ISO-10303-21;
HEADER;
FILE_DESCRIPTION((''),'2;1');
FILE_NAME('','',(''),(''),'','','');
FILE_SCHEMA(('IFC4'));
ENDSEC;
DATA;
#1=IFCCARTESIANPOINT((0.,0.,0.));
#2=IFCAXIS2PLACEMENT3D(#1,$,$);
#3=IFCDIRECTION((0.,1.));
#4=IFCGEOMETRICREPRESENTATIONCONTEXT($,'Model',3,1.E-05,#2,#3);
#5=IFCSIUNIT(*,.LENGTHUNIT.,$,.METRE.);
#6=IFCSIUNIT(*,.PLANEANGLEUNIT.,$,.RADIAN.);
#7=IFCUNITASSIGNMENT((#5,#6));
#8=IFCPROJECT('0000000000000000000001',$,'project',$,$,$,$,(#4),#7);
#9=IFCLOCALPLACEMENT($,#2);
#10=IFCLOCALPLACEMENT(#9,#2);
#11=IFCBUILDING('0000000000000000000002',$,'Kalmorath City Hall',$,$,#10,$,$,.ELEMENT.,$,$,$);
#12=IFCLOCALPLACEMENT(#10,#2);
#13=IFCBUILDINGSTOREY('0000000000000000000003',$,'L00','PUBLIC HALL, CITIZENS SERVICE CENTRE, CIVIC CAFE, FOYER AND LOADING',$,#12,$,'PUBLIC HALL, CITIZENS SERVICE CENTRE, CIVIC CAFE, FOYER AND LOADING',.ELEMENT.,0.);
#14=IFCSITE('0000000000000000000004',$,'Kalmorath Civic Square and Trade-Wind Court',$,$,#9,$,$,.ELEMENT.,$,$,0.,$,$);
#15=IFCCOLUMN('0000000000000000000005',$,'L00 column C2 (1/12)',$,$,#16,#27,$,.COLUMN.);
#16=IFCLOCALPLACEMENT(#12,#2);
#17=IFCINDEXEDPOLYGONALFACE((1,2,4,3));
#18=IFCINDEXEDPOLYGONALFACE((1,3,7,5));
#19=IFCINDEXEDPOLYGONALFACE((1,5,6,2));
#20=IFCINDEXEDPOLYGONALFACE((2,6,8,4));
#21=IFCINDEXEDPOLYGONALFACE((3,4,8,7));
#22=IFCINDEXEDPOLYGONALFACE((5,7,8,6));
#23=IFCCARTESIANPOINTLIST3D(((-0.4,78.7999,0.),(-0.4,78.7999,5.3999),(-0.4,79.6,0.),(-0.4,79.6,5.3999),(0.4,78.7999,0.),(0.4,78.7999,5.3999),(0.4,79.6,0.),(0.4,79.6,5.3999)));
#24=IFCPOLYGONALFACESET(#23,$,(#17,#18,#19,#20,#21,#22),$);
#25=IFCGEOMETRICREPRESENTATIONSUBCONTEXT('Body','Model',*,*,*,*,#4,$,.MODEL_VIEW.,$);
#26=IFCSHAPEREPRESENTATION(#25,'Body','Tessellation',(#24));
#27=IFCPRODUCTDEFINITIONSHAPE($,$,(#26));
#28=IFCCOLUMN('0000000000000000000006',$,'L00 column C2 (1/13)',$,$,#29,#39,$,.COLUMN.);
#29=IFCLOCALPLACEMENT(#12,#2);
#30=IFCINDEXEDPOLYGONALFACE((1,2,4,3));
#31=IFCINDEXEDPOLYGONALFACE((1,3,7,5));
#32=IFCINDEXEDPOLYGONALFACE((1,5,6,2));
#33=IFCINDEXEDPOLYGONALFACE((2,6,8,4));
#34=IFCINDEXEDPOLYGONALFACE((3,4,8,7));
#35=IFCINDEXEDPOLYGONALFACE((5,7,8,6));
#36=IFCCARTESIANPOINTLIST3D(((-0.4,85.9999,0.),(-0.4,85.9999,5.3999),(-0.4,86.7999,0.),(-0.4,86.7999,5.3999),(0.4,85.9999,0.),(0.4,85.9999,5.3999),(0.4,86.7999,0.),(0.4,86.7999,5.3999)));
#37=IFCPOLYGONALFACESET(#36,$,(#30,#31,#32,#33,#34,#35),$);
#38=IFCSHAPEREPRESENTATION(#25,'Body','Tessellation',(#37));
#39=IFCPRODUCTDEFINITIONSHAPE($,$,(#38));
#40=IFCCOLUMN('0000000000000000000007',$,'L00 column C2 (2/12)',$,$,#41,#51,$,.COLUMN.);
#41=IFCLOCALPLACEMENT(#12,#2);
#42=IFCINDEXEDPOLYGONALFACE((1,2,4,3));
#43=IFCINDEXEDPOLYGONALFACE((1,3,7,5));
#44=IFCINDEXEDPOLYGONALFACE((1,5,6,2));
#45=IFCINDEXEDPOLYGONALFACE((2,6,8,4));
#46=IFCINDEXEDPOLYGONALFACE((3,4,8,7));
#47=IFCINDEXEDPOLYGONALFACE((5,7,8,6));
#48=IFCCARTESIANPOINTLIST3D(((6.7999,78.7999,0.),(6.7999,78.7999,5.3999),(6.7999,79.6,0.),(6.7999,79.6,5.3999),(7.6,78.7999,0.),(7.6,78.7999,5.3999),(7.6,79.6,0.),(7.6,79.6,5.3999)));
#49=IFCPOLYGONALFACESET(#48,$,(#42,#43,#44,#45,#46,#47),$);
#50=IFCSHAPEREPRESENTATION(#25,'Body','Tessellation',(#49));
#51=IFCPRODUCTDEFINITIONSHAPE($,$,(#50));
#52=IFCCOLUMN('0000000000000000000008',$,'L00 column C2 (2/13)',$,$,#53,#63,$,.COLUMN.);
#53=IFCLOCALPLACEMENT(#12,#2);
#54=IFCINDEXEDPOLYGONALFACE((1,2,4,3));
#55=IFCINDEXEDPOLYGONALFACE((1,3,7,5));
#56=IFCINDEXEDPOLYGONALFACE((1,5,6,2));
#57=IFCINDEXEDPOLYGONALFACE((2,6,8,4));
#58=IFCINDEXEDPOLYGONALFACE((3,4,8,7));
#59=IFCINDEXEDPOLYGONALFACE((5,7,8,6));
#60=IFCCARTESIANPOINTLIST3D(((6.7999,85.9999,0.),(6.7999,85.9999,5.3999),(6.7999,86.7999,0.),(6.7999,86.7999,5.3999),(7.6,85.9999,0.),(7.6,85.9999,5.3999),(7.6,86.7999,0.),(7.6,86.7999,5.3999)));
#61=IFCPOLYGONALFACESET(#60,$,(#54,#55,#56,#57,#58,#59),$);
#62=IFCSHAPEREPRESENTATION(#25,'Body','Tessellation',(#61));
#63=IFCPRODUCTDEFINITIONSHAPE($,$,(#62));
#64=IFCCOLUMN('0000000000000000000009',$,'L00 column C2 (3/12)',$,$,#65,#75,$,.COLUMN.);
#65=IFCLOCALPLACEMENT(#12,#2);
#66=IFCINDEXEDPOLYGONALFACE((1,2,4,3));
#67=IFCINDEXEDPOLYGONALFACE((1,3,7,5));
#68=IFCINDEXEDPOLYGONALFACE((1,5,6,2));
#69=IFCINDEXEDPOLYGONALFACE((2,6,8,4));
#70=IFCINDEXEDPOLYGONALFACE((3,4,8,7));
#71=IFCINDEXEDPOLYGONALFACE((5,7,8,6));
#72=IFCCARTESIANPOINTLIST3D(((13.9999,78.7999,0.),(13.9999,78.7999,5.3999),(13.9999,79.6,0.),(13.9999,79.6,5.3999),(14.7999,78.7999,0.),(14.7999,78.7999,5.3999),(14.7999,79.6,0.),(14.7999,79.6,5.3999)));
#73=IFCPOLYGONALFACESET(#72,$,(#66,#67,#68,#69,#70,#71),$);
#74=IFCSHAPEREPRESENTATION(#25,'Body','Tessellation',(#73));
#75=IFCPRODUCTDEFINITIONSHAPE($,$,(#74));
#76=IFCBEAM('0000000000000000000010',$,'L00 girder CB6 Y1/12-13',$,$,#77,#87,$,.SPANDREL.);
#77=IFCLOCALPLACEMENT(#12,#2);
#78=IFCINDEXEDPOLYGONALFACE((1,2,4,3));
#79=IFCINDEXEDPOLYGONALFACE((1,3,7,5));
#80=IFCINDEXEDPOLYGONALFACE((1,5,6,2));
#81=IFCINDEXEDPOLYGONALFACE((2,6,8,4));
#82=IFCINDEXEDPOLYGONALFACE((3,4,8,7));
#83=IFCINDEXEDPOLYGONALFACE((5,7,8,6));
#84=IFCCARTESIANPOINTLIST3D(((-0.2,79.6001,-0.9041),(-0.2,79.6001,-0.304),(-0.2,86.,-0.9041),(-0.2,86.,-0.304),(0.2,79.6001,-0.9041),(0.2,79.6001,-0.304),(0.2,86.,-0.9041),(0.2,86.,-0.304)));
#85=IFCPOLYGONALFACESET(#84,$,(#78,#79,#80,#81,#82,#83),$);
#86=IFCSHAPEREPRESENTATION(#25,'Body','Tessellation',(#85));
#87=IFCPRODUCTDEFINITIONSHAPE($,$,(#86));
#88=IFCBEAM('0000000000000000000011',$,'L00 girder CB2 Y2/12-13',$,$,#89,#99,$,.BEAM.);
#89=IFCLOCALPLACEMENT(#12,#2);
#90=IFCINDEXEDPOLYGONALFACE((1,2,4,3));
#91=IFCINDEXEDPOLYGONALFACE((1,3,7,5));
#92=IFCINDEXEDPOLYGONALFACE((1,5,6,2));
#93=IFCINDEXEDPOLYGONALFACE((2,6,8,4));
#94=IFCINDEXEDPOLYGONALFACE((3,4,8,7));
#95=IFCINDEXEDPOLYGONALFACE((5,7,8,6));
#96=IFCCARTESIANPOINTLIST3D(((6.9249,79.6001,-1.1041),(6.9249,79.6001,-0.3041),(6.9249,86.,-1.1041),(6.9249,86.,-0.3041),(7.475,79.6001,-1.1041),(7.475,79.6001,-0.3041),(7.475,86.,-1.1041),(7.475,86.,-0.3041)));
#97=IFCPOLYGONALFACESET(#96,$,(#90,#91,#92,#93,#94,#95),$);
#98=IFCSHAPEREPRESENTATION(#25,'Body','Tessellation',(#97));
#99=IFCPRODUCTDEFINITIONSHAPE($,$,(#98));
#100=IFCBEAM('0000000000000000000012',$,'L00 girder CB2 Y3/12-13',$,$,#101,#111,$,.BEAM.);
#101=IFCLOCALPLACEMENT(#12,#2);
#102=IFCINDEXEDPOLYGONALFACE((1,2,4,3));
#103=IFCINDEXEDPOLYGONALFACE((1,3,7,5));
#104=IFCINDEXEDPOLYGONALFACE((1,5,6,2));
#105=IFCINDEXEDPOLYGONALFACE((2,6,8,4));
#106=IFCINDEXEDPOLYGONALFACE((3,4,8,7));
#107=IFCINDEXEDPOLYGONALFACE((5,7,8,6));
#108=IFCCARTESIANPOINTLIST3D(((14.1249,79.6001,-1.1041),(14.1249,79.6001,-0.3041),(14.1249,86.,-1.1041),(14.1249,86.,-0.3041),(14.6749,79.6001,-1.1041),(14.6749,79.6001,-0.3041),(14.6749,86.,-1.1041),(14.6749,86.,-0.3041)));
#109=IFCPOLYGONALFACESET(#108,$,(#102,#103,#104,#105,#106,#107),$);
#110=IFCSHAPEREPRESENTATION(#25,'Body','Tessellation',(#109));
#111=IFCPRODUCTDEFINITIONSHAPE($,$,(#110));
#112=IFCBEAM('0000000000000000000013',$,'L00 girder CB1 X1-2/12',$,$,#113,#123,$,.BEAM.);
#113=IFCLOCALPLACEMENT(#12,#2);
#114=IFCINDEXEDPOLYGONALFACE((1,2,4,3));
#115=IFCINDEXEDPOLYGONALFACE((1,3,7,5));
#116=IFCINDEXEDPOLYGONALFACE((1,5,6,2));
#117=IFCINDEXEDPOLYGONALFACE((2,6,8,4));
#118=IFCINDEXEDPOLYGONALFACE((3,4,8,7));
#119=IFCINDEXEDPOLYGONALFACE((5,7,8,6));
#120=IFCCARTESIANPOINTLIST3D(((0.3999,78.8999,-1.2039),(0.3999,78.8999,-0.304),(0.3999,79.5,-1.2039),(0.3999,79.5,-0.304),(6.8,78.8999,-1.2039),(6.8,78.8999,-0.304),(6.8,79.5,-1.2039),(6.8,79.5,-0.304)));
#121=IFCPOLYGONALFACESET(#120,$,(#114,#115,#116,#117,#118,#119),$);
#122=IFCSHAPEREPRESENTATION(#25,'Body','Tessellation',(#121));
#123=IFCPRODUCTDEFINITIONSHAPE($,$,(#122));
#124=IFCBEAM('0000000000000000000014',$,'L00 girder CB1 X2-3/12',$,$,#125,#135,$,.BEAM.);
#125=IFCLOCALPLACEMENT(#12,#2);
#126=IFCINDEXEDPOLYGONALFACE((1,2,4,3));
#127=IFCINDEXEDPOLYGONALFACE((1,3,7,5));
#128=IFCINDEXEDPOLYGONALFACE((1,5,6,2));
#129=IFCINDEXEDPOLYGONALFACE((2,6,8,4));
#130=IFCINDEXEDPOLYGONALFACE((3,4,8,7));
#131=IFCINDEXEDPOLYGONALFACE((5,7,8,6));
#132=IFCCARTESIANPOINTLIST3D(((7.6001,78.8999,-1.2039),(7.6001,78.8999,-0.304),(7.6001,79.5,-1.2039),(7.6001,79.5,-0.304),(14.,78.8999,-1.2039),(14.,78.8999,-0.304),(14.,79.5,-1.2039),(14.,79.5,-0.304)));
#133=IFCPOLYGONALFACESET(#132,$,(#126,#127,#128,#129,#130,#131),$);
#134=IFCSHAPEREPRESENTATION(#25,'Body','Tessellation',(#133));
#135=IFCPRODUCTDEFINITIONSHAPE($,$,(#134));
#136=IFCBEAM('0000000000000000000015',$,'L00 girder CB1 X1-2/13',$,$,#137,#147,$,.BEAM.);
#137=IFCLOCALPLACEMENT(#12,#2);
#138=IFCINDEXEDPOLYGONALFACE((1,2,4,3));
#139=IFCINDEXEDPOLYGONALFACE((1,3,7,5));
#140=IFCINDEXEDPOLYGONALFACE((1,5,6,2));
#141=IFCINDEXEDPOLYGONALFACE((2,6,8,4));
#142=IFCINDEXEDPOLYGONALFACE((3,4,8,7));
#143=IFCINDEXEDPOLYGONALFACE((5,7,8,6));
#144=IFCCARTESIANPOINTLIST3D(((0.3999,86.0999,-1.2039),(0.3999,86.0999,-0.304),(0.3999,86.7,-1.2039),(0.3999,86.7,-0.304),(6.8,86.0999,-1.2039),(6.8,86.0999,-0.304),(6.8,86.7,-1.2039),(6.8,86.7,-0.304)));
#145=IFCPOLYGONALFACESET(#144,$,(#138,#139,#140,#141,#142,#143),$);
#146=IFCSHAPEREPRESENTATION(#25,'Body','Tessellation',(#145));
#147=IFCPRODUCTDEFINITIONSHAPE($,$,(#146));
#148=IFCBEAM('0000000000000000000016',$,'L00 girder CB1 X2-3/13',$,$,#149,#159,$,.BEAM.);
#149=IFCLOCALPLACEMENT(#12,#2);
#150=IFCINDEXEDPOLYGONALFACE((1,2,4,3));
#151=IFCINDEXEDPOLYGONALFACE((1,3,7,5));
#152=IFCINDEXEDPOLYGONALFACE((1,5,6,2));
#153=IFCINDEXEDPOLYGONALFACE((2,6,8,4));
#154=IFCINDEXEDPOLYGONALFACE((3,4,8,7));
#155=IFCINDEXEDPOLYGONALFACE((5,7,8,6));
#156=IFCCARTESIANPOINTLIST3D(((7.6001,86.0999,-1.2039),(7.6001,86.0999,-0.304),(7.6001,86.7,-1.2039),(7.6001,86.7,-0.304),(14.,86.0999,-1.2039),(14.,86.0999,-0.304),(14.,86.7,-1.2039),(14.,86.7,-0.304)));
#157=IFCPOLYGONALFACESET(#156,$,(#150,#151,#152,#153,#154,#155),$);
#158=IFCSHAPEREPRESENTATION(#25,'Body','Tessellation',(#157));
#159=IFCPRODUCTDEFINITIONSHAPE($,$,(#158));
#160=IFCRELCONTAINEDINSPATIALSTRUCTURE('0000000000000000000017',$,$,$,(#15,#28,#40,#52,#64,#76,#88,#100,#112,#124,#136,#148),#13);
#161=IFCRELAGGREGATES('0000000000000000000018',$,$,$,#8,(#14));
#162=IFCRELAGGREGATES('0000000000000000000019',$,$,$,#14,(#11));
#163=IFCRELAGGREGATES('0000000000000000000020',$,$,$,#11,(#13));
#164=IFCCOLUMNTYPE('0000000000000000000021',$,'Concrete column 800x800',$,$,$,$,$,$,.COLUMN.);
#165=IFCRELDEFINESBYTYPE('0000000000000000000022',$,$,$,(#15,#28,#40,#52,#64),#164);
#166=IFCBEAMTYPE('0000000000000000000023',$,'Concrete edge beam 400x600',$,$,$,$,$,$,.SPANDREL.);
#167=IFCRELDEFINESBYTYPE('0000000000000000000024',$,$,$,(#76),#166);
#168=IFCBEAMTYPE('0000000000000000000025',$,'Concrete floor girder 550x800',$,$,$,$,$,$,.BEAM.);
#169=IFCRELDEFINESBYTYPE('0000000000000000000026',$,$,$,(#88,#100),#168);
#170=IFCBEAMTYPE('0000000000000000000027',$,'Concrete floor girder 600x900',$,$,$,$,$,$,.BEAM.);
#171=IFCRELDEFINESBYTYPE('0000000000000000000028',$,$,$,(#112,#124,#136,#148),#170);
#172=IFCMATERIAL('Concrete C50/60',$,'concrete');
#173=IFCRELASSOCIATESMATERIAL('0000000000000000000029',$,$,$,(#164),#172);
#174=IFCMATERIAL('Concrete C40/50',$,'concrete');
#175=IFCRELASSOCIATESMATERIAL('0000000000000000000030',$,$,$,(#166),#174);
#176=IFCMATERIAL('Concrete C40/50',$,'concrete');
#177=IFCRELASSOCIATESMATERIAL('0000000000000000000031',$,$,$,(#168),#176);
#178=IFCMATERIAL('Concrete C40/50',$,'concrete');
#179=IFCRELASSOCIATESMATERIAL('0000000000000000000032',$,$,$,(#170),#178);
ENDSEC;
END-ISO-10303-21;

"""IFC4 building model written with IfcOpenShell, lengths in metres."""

from ifc_helpers import new_model, si_unit, direction, frame, origin, origin_2d, place, context, subcontext, project, spatial, rectangle, extrude, material, material_profile, profile_set, type_object, element, save


model = new_model("IFC4")

# Units and contexts
model_context = context("Model", 3, precision=1e-05, world=origin(), true_north=direction((0.0, 1.0)))
body_context = subcontext(model_context, "Body", "Model", "MODEL_VIEW")
ifc_project = project(units=[si_unit("LENGTHUNIT", "METRE"), si_unit("PLANEANGLEUNIT", "RADIAN")], contexts=[model_context])

# Site, building, storey
site_placement = place(None, origin())
site = spatial("IfcSite", under=ifc_project, at=site_placement, Name="Kalmorath Civic Square and Trade-Wind Court", CompositionType="ELEMENT", RefElevation=0.0)
building_placement = place(site_placement, origin())
building = spatial("IfcBuilding", under=site, at=building_placement, Name="Kalmorath City Hall", CompositionType="ELEMENT")
storey_placement = place(building_placement, origin())
storey = spatial("IfcBuildingStorey", under=building, at=storey_placement, Name="L00", Description="PUBLIC HALL, CITIZENS SERVICE CENTRE, CIVIC CAFE, FOYER AND LOADING", LongName="PUBLIC HALL, CITIZENS SERVICE CENTRE, CIVIC CAFE, FOYER AND LOADING", CompositionType="ELEMENT", Elevation=0.0)

# Columns
ifc_material_1 = material(Name="Concrete C50/60", Category="concrete")
ifc_material_profile_1 = material_profile(ifc_material_1, rectangle(XDim=0.8, YDim=0.8, at=origin_2d()), Name="RC-COL-800X800")
ifc_profile_set_1 = profile_set([ifc_material_profile_1], Name="Concrete C50/60")
column_type = type_object("IfcColumnType", Name="Concrete column 800x800", PredefinedType="COLUMN", material=ifc_profile_set_1)
for number, where, z_axis, x_axis, name in (
    (1, (0.0, 79.2, 0.0), (0.0, 0.0, 1.0), (1.0, 0.0, 0.0), "L00 column C2 (1/12)"),
    (2, (0.0, 86.3999, 0.0), (0.0, 0.0, 1.0), (1.0, 0.0, 0.0), "L00 column C2 (1/13)"),
    (3, (7.2, 79.2, 0.0), (0.0, 0.0, 1.0), (1.0, 0.0, 0.0), "L00 column C2 (2/12)"),
    (4, (7.2, 86.3999, 0.0), (0.0, 0.0, 1.0), (1.0, 0.0, 0.0), "L00 column C2 (2/13)"),
    (5, (14.3999, 79.2, 0.0), (0.0, 0.0, 1.0), (1.0, 0.0, 0.0), "L00 column C2 (3/12)"),
):
    element("IfcColumn", number, at=place(storey_placement, frame(where, z_axis=z_axis, x_axis=x_axis)), inside=storey, type_object=column_type, Name=name, PredefinedType="COLUMN", context=body_context, shape_type="SweptSolid", body=[
        extrude(rectangle(XDim=0.8, YDim=0.8, at=origin_2d()), origin(), (0.0, 0.0, 1.0), 5.3999),
    ])

# Beams
ifc_material_2 = material(Name="Concrete C40/50", Category="concrete")
ifc_material_profile_2 = material_profile(ifc_material_2, rectangle(XDim=0.3999, YDim=0.6001, at=origin_2d()), Name="RC-BM-400X600")
ifc_profile_set_2 = profile_set([ifc_material_profile_2], Name="Concrete C40/50")
beam_type_1 = type_object("IfcBeamType", Name="Concrete edge beam 400x600", PredefinedType="SPANDREL", material=ifc_profile_set_2)
beam_1_placement = place(storey_placement, frame((0.0, 79.6001, -0.604), z_axis=(0.0, 1.0, 0.0), x_axis=(-1.0, 0.0, 0.0)))
element("IfcBeam", 6, at=beam_1_placement, inside=storey, type_object=beam_type_1, Name="L00 girder CB6 Y1/12-13", PredefinedType="SPANDREL", context=body_context, shape_type="SweptSolid", body=[
    extrude(rectangle(XDim=0.3999, YDim=0.6001, at=origin_2d()), origin(), (0.0, 0.0, 1.0), 6.3999),
])
ifc_material_3 = material(Name="Concrete C40/50", Category="concrete")
ifc_material_profile_3 = material_profile(ifc_material_3, rectangle(XDim=0.55, YDim=0.8, at=origin_2d()), Name="RC-BM-550X800")
ifc_profile_set_3 = profile_set([ifc_material_profile_3], Name="Concrete C40/50")
beam_type_2 = type_object("IfcBeamType", Name="Concrete floor girder 550x800", PredefinedType="BEAM", material=ifc_profile_set_3)
for number, where, z_axis, x_axis, name in (
    (7, (7.2, 79.6001, -0.7041), (0.0, 1.0, 0.0), (-1.0, 0.0, 0.0), "L00 girder CB2 Y2/12-13"),
    (8, (14.3999, 79.6001, -0.7041), (0.0, 1.0, 0.0), (-1.0, 0.0, 0.0), "L00 girder CB2 Y3/12-13"),
):
    element("IfcBeam", number, at=place(storey_placement, frame(where, z_axis=z_axis, x_axis=x_axis)), inside=storey, type_object=beam_type_2, Name=name, PredefinedType="BEAM", context=body_context, shape_type="SweptSolid", body=[
        extrude(rectangle(XDim=0.55, YDim=0.8, at=origin_2d()), origin(), (0.0, 0.0, 1.0), 6.3999),
    ])
ifc_material_4 = material(Name="Concrete C40/50", Category="concrete")
ifc_material_profile_4 = material_profile(ifc_material_4, rectangle(XDim=0.6001, YDim=0.8999, at=origin_2d()), Name="RC-BM-600X900")
ifc_profile_set_4 = profile_set([ifc_material_profile_4], Name="Concrete C40/50")
beam_type_3 = type_object("IfcBeamType", Name="Concrete floor girder 600x900", PredefinedType="BEAM", material=ifc_profile_set_4)
beam_2_placement = place(storey_placement, frame((0.3999, 79.2, -0.7539), z_axis=(1.0, 0.0, 0.0), x_axis=(0.0, 1.0, 0.0)))
element("IfcBeam", 9, at=beam_2_placement, inside=storey, type_object=beam_type_3, Name="L00 girder CB1 X1-2/12", PredefinedType="BEAM", context=body_context, shape_type="SweptSolid", body=[
    extrude(rectangle(XDim=0.6001, YDim=0.8999, at=origin_2d()), origin(), (0.0, 0.0, 1.0), 6.4001),
])
beam_3_placement = place(storey_placement, frame((7.6001, 79.2, -0.7539), z_axis=(1.0, 0.0, 0.0), x_axis=(0.0, 1.0, 0.0)))
element("IfcBeam", 10, at=beam_3_placement, inside=storey, type_object=beam_type_3, Name="L00 girder CB1 X2-3/12", PredefinedType="BEAM", context=body_context, shape_type="SweptSolid", body=[
    extrude(rectangle(XDim=0.6001, YDim=0.8999, at=origin_2d()), origin(), (0.0, 0.0, 1.0), 6.3999),
])
beam_4_placement = place(storey_placement, frame((0.3999, 86.3999, -0.7539), z_axis=(1.0, 0.0, 0.0), x_axis=(0.0, 1.0, 0.0)))
element("IfcBeam", 11, at=beam_4_placement, inside=storey, type_object=beam_type_3, Name="L00 girder CB1 X1-2/13", PredefinedType="BEAM", context=body_context, shape_type="SweptSolid", body=[
    extrude(rectangle(XDim=0.6001, YDim=0.8999, at=origin_2d()), origin(), (0.0, 0.0, 1.0), 6.4001),
])
beam_5_placement = place(storey_placement, frame((7.6001, 86.3999, -0.7539), z_axis=(1.0, 0.0, 0.0), x_axis=(0.0, 1.0, 0.0)))
element("IfcBeam", 12, at=beam_5_placement, inside=storey, type_object=beam_type_3, Name="L00 girder CB1 X2-3/13", PredefinedType="BEAM", context=body_context, shape_type="SweptSolid", body=[
    extrude(rectangle(XDim=0.6001, YDim=0.8999, at=origin_2d()), origin(), (0.0, 0.0, 1.0), 6.3999),
])

save(model, "model.ifc")
